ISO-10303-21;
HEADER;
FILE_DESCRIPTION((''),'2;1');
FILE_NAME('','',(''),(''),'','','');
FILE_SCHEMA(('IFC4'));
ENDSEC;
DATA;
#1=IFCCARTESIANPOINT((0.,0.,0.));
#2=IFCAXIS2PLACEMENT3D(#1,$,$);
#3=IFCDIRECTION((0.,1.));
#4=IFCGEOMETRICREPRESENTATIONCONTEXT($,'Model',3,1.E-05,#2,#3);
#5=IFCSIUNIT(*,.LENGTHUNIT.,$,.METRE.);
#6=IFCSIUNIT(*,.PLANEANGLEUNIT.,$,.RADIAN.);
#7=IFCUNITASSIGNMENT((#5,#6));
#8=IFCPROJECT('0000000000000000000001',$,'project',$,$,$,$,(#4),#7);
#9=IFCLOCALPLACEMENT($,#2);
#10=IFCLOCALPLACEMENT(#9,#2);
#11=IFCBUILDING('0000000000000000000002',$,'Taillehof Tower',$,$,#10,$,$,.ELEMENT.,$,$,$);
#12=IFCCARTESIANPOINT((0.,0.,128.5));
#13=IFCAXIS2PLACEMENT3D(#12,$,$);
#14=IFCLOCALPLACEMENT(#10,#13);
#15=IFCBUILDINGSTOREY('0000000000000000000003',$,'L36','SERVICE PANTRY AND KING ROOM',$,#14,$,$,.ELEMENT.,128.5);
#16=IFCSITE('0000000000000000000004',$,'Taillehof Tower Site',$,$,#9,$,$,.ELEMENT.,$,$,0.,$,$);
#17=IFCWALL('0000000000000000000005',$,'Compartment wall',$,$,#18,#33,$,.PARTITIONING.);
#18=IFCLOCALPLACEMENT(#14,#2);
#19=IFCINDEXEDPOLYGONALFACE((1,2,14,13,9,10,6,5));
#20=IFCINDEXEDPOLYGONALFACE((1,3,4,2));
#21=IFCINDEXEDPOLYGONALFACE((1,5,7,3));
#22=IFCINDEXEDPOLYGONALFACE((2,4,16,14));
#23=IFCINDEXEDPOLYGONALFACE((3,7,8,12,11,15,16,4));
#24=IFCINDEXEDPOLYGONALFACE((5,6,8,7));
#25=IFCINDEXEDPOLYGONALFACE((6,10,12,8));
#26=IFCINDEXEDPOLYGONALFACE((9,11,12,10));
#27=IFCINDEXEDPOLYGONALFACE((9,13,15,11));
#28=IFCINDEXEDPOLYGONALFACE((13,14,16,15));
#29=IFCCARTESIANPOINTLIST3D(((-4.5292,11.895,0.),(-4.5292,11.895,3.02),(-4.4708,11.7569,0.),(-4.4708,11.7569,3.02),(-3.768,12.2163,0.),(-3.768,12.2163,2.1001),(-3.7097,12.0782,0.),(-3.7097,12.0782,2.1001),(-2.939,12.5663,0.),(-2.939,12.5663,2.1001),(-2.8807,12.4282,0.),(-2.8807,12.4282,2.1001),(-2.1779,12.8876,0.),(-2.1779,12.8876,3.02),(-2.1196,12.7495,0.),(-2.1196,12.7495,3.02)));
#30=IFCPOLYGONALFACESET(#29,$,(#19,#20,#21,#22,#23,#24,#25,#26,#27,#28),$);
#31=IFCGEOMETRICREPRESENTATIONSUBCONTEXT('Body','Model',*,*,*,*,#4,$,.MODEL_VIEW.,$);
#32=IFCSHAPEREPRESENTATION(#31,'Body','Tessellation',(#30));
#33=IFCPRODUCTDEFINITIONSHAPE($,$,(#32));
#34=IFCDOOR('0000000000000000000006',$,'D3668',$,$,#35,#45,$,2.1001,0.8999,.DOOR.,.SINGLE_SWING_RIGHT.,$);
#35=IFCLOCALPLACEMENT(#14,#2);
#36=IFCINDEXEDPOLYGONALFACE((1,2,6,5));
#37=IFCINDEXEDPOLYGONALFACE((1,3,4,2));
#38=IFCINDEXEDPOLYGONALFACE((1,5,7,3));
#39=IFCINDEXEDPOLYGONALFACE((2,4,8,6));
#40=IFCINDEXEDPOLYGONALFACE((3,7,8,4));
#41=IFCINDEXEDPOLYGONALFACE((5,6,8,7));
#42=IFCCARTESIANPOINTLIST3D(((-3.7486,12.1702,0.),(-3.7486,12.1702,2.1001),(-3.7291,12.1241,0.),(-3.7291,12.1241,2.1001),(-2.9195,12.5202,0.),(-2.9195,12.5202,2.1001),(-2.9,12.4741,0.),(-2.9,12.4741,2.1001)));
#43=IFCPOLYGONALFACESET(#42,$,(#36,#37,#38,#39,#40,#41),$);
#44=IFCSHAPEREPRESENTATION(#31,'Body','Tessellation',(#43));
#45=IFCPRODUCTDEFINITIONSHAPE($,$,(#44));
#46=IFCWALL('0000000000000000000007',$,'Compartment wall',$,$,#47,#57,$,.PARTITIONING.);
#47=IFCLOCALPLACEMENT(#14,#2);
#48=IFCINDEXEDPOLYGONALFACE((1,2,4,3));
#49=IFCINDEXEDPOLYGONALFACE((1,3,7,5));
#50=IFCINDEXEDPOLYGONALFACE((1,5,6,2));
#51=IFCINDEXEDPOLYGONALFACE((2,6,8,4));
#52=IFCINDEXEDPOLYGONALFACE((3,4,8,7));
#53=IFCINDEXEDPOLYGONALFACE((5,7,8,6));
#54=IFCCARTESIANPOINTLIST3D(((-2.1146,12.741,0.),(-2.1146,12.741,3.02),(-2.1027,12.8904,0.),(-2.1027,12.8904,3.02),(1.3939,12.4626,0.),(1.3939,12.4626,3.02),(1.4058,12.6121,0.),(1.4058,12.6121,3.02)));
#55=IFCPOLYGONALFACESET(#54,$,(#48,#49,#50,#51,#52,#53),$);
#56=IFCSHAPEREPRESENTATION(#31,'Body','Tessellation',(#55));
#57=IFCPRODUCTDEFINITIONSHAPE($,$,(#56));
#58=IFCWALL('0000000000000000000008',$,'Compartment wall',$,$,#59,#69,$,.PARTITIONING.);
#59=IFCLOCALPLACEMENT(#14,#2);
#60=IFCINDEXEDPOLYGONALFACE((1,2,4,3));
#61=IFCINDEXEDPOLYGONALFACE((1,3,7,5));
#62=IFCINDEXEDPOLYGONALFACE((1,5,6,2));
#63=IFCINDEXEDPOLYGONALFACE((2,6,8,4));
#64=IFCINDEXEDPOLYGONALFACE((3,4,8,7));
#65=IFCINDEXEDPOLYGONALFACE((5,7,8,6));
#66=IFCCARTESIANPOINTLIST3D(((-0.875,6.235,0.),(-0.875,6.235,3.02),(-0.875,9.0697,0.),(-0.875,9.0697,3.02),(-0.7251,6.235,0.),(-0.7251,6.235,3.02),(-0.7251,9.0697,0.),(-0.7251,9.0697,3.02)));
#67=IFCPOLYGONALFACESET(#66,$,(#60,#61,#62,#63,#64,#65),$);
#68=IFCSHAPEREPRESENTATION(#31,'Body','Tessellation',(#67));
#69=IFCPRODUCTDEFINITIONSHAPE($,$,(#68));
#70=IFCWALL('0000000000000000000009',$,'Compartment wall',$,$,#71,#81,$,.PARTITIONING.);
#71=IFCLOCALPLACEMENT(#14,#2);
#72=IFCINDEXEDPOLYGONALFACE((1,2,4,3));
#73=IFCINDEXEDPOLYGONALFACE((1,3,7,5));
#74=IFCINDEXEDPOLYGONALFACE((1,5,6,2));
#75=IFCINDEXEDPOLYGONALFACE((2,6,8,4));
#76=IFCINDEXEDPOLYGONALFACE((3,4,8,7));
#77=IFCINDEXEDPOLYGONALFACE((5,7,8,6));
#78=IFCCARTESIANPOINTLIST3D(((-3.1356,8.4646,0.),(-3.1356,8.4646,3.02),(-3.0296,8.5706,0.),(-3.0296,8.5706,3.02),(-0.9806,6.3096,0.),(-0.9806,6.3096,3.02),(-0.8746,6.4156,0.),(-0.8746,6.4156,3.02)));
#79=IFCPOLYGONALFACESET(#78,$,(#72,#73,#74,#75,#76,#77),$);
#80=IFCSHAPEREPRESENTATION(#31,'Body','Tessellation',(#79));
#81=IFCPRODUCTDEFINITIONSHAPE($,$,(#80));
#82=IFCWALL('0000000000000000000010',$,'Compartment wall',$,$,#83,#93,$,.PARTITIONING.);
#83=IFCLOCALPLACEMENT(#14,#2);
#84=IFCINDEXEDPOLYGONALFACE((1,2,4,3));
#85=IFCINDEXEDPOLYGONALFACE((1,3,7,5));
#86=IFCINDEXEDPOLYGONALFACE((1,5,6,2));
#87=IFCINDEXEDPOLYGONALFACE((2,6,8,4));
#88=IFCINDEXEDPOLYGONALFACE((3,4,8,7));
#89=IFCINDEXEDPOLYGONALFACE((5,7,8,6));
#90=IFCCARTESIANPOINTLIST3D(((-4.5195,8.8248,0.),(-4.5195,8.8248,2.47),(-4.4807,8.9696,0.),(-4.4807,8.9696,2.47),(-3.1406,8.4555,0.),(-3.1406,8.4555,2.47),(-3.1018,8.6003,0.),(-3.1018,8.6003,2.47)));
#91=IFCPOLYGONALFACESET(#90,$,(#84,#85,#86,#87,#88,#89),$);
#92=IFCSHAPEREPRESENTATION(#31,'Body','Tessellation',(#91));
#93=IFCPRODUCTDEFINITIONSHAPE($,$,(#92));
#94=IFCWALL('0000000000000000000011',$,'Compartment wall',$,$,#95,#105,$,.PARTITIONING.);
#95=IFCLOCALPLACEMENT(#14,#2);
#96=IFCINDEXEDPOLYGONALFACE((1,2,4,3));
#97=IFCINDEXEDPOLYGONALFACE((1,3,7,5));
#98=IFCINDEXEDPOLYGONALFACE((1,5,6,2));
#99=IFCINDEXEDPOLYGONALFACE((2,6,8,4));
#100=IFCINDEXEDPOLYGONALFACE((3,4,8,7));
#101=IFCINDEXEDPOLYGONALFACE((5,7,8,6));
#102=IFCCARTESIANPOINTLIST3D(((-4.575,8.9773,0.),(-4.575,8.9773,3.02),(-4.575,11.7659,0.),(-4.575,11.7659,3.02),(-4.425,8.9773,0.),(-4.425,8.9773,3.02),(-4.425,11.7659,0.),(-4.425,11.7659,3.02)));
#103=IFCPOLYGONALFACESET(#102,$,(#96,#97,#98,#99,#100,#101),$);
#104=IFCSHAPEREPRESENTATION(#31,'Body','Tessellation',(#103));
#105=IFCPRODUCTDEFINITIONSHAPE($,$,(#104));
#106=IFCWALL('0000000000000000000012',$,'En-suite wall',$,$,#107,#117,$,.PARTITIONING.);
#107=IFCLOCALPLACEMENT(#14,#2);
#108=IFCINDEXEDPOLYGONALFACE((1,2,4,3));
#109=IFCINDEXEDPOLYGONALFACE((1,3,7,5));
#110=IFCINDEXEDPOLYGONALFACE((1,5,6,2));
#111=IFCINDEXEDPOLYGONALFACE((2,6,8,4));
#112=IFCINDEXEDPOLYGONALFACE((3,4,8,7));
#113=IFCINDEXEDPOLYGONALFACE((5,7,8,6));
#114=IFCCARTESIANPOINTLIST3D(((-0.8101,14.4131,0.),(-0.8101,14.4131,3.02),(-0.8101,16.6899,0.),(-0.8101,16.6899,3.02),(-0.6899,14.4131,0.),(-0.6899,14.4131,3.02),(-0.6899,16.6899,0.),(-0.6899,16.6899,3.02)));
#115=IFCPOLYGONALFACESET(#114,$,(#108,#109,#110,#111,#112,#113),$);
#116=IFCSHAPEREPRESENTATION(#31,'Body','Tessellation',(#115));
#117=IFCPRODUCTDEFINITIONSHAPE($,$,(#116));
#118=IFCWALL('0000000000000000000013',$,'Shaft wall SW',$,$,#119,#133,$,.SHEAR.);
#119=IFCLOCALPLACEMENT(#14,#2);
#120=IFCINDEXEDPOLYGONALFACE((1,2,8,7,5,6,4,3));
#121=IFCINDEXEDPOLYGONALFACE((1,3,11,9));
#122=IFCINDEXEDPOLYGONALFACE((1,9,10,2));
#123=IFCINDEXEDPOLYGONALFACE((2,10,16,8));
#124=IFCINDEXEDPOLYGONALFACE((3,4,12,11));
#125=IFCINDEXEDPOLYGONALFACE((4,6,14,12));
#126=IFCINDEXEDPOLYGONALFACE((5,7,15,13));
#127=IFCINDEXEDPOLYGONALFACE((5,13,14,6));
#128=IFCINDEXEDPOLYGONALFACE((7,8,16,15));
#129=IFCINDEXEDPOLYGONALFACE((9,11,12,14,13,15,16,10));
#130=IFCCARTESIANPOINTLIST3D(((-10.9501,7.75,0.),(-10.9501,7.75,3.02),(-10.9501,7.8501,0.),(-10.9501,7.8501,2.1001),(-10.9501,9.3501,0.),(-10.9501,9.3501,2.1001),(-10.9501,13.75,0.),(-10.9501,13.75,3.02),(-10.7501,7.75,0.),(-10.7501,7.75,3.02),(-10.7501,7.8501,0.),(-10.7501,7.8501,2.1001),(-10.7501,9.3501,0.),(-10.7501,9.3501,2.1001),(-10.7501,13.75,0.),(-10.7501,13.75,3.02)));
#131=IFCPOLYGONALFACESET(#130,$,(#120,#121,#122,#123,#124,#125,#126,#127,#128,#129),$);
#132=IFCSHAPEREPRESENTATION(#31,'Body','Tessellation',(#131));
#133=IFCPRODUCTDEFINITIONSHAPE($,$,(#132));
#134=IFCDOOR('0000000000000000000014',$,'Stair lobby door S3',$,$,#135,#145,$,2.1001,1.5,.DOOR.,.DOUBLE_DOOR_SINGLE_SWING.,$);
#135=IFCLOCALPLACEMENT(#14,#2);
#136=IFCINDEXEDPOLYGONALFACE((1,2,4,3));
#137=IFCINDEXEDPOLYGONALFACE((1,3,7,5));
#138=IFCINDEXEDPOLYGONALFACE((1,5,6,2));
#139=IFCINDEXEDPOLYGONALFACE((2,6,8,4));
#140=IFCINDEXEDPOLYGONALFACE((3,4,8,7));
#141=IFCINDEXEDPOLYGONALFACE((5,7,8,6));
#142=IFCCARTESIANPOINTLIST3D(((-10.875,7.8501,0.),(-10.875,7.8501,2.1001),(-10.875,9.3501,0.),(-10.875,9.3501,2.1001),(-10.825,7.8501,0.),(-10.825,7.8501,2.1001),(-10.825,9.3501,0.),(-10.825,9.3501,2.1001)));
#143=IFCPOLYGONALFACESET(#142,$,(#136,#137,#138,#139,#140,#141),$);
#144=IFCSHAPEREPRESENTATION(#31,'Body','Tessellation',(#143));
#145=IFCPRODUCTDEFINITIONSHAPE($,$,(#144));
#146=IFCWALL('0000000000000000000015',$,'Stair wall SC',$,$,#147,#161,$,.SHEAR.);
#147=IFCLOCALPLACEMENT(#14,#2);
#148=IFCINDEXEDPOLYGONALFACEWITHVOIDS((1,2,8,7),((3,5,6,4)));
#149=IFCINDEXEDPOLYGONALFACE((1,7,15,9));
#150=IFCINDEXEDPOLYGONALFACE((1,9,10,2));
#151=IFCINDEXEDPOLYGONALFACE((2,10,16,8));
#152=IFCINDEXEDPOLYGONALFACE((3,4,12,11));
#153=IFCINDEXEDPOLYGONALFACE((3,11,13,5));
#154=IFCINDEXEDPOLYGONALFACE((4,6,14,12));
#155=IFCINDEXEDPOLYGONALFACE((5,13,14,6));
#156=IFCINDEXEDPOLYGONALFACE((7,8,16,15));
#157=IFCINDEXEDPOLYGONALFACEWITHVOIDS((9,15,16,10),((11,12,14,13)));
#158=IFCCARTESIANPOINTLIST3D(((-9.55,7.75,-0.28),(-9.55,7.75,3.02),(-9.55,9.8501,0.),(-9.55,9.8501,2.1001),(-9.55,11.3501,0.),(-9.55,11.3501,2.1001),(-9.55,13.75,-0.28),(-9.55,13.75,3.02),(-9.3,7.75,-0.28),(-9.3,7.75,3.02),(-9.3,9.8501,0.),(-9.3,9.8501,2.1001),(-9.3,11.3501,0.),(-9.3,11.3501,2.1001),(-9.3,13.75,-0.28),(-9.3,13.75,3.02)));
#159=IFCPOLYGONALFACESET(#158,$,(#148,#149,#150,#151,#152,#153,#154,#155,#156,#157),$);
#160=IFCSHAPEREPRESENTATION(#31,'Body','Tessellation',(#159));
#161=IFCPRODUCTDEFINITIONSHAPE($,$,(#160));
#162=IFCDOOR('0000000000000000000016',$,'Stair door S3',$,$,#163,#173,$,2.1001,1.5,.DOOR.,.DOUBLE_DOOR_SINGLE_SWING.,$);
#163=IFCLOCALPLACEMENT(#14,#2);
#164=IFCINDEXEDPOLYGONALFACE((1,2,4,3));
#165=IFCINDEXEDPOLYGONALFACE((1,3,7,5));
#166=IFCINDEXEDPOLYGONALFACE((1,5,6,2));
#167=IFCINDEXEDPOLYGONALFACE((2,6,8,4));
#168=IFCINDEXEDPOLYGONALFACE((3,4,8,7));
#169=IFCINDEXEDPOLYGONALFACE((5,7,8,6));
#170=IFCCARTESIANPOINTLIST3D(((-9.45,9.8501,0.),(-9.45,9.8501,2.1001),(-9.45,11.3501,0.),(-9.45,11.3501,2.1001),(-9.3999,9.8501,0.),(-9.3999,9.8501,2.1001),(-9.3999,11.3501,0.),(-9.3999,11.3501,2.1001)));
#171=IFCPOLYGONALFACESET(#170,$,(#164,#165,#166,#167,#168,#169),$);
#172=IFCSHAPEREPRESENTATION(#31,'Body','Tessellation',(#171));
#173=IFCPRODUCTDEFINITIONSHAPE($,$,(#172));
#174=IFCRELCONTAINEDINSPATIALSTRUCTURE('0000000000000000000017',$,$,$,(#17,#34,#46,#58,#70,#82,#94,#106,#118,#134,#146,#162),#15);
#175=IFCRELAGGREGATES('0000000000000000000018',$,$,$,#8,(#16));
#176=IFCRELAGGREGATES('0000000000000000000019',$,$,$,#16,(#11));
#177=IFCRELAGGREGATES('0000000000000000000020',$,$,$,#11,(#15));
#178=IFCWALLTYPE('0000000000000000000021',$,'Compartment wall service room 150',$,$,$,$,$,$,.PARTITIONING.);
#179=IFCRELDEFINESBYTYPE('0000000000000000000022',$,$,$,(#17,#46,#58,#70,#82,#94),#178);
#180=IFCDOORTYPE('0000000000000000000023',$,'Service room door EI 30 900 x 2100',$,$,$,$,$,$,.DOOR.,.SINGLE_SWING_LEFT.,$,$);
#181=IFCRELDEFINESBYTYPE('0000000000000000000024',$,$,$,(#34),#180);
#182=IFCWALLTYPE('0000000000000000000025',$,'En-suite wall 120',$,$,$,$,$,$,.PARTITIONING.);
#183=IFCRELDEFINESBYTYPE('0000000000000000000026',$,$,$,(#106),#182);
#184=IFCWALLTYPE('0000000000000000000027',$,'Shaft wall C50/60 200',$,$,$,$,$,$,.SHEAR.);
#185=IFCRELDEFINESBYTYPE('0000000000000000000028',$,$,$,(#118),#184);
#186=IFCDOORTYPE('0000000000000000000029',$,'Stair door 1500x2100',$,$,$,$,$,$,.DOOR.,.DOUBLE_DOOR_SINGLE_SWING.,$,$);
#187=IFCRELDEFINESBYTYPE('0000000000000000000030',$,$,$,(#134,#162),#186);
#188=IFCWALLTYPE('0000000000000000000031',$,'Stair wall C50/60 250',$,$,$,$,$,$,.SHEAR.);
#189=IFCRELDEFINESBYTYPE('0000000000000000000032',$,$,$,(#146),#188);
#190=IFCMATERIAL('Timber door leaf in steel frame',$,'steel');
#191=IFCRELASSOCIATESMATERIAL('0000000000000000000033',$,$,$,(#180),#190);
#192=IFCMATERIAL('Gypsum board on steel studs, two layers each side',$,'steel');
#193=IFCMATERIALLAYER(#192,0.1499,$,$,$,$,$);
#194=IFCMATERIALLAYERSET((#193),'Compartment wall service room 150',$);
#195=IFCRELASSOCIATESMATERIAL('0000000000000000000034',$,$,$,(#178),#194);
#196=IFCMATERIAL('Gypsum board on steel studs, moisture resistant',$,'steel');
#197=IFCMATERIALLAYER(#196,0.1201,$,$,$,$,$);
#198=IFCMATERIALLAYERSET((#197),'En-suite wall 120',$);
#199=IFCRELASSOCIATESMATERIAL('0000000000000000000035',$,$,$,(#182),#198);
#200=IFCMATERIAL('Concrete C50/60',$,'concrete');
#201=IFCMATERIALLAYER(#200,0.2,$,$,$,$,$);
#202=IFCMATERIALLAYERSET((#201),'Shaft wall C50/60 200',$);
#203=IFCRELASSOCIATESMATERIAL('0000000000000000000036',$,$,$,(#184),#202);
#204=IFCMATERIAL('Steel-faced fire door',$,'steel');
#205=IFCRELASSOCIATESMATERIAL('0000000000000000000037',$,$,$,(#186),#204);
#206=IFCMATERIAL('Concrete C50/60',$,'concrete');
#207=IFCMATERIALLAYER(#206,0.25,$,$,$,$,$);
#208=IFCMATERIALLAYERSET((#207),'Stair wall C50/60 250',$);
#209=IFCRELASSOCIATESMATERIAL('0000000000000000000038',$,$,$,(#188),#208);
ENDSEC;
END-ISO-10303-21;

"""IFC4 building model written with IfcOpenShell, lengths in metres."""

from ifc_helpers import new_model, si_unit, direction, frame, frame_2d, origin, place, context, subcontext, project, spatial, rectangle, extrude, material, layer, layer_set, type_object, element, fill, save


model = new_model("IFC4")

# Units and contexts
model_context = context("Model", 3, precision=1e-05, world=origin(), true_north=direction((0.0, 1.0)))
body_context = subcontext(model_context, "Body", "Model", "MODEL_VIEW")
ifc_project = project(units=[si_unit("LENGTHUNIT", "METRE"), si_unit("PLANEANGLEUNIT", "RADIAN")], contexts=[model_context])

# Site, building, storey
site_placement = place(None, origin())
site = spatial("IfcSite", under=ifc_project, at=site_placement, Name="Taillehof Tower Site", CompositionType="ELEMENT", RefElevation=0.0)
building_placement = place(site_placement, origin())
building = spatial("IfcBuilding", under=site, at=building_placement, Name="Taillehof Tower", CompositionType="ELEMENT")
storey_placement = place(building_placement, frame((0.0, 0.0, 128.5)))
storey = spatial("IfcBuildingStorey", under=building, at=storey_placement, Name="L36", Description="SERVICE PANTRY AND KING ROOM", CompositionType="ELEMENT", Elevation=128.5)

# Shared definitions
ifc_material_1 = material(Name="Timber door leaf in steel frame", Category="steel")
door_type_1 = type_object("IfcDoorType", Name="Service room door EI 30 900 x 2100", OperationType="SINGLE_SWING_LEFT", PredefinedType="DOOR", material=ifc_material_1)

# Wall, opening, door
ifc_material_2 = material(Name="Gypsum board on steel studs, two layers each side", Category="steel")
ifc_layer_1 = layer(ifc_material_2, 0.1499)
ifc_layer_set_1 = layer_set([ifc_layer_1], Name="Compartment wall service room 150")
wall_type_1 = type_object("IfcWallType", Name="Compartment wall service room 150", PredefinedType="PARTITIONING", material=ifc_layer_set_1)
wall_1_placement = place(storey_placement, frame((-4.5, 11.8259, 0.0), z_axis=(0.0, 0.0, 1.0), x_axis=(0.921264, 0.388938, 0.0)))
wall_1 = element("IfcWall", 1, at=wall_1_placement, inside=storey, type_object=wall_type_1, Name="Compartment wall", PredefinedType="PARTITIONING", context=body_context, shape_type="SweptSolid", body=[
    extrude(rectangle(XDim=2.5522, YDim=0.1499, at=frame_2d((1.2761, 0.0))), origin(), (0.0, 0.0, 1.0), 3.02),
])
opening_1_placement = place(wall_1_placement, frame((0.8262, 0.0, 0.0)))
opening_1 = element("IfcOpeningElement", 2, at=opening_1_placement, cuts=wall_1, PredefinedType="OPENING", context=body_context, shape_type="SweptSolid", body=[
    extrude(rectangle(XDim=0.8999, YDim=2.1001, at=frame_2d((0.45, 1.05))), frame((0.0, 0.085, 0.0), z_axis=(0.0, -1.0, 0.0), x_axis=(1.0, 0.0, 0.0)), (0.0, 0.0, 1.0), 0.1699),
])
door_1_placement = place(opening_1_placement, origin())
door_1 = element("IfcDoor", 3, at=door_1_placement, inside=storey, type_object=door_type_1, Name="D3668", OperationType="SINGLE_SWING_RIGHT", OverallHeight=2.1001, OverallWidth=0.8999, PredefinedType="DOOR", context=body_context, shape_type="SweptSolid", body=[
    extrude(rectangle(XDim=0.8999, YDim=2.1001, at=frame_2d((0.45, 1.05))), frame((0.0, 0.0249, 0.0), z_axis=(0.0, -1.0, 0.0), x_axis=(1.0, 0.0, 0.0)), (0.0, 0.0, 1.0), 0.05),
])
fill(opening_1, door_1)

# Walls
wall_2_placement = place(storey_placement, frame((-2.1086, 12.8157, 0.0), z_axis=(0.0, 0.0, 1.0), x_axis=(0.996868, -0.079078, 0.0)))
element("IfcWall", 4, at=wall_2_placement, inside=storey, type_object=wall_type_1, Name="Compartment wall", PredefinedType="PARTITIONING", context=body_context, shape_type="SweptSolid", body=[
    extrude(rectangle(XDim=3.5195, YDim=0.1499, at=frame_2d((1.7598, 0.0))), origin(), (0.0, 0.0, 1.0), 3.02),
])
wall_3_placement = place(storey_placement, frame((-0.8, 9.0698, 0.0), z_axis=(0.0, 0.0, 1.0), x_axis=(0.0, -1.0, 0.0)))
element("IfcWall", 5, at=wall_3_placement, inside=storey, type_object=wall_type_1, Name="Compartment wall", PredefinedType="PARTITIONING", context=body_context, shape_type="SweptSolid", body=[
    extrude(rectangle(XDim=2.8347, YDim=0.1499, at=frame_2d((1.4175, 0.0))), origin(), (0.0, 0.0, 1.0), 3.02),
])
wall_4_placement = place(storey_placement, frame((-0.9275, 6.3625, 0.0), z_axis=(0.0, 0.0, 1.0), x_axis=(-0.707107, 0.707107, 0.0)))
element("IfcWall", 6, at=wall_4_placement, inside=storey, type_object=wall_type_1, Name="Compartment wall", PredefinedType="PARTITIONING", context=body_context, shape_type="SweptSolid", body=[
    extrude(rectangle(XDim=3.0476, YDim=0.1499, at=frame_2d((1.5239, 0.0))), origin(), (0.0, 0.0, 1.0), 3.02),
])
wall_5_placement = place(storey_placement, frame((-3.1211, 8.5278, 0.0), z_axis=(0.0, 0.0, 1.0), x_axis=(-0.965942, 0.258759, 0.0)))
element("IfcWall", 7, at=wall_5_placement, inside=storey, type_object=wall_type_1, Name="Compartment wall", PredefinedType="PARTITIONING", context=body_context, shape_type="SweptSolid", body=[
    extrude(rectangle(XDim=1.4275, YDim=0.1499, at=frame_2d((0.7139, 0.0))), origin(), (0.0, 0.0, 1.0), 2.47),
])
wall_6_placement = place(storey_placement, frame((-4.5, 8.9773, 0.0), z_axis=(0.0, 0.0, 1.0), x_axis=(0.0, 1.0, 0.0)))
element("IfcWall", 8, at=wall_6_placement, inside=storey, type_object=wall_type_1, Name="Compartment wall", PredefinedType="PARTITIONING", context=body_context, shape_type="SweptSolid", body=[
    extrude(rectangle(XDim=2.7886, YDim=0.1499, at=frame_2d((1.3943, 0.0))), origin(), (0.0, 0.0, 1.0), 3.02),
])
ifc_material_3 = material(Name="Gypsum board on steel studs, moisture resistant", Category="steel")
ifc_layer_2 = layer(ifc_material_3, 0.1201)
ifc_layer_set_2 = layer_set([ifc_layer_2], Name="En-suite wall 120")
wall_type_2 = type_object("IfcWallType", Name="En-suite wall 120", PredefinedType="PARTITIONING", material=ifc_layer_set_2)
wall_7_placement = place(storey_placement, frame((-0.75, 14.4131, 0.0), z_axis=(0.0, 0.0, 1.0), x_axis=(0.0, 1.0, 0.0)))
element("IfcWall", 9, at=wall_7_placement, inside=storey, type_object=wall_type_2, Name="En-suite wall", PredefinedType="PARTITIONING", context=body_context, shape_type="SweptSolid", body=[
    extrude(rectangle(XDim=2.2769, YDim=0.1201, at=frame_2d((1.1384, 0.0))), origin(), (0.0, 0.0, 1.0), 3.02),
])

# Walls, openings, doors
ifc_material_4 = material(Name="Concrete C50/60", Category="concrete")
ifc_layer_3 = layer(ifc_material_4, 0.2)
ifc_layer_set_3 = layer_set([ifc_layer_3], Name="Shaft wall C50/60 200")
wall_type_3 = type_object("IfcWallType", Name="Shaft wall C50/60 200", PredefinedType="SHEAR", material=ifc_layer_set_3)
wall_8_placement = place(storey_placement, frame((-10.8501, 7.75, 0.0), z_axis=(0.0, 0.0, 1.0), x_axis=(0.0, 1.0, 0.0)))
wall_8 = element("IfcWall", 10, at=wall_8_placement, inside=storey, type_object=wall_type_3, Name="Shaft wall SW", PredefinedType="SHEAR", context=body_context, shape_type="SweptSolid", body=[
    extrude(rectangle(XDim=6.0, YDim=0.2, at=frame_2d((3.0, 0.0))), origin(), (0.0, 0.0, 1.0), 3.02),
])
opening_2_placement = place(wall_8_placement, frame((0.1001, 0.0, 0.0)))
opening_2 = element("IfcOpeningElement", 11, at=opening_2_placement, cuts=wall_8, PredefinedType="OPENING", context=body_context, shape_type="SweptSolid", body=[
    extrude(rectangle(XDim=1.5, YDim=2.1001, at=frame_2d((0.75, 1.05))), frame((0.0, 0.1099, 0.0), z_axis=(0.0, -1.0, 0.0), x_axis=(1.0, 0.0, 0.0)), (0.0, 0.0, 1.0), 0.22),
])
ifc_material_5 = material(Name="Steel-faced fire door", Category="steel")
door_type_2 = type_object("IfcDoorType", Name="Stair door 1500x2100", OperationType="DOUBLE_DOOR_SINGLE_SWING", PredefinedType="DOOR", material=ifc_material_5)
door_2_placement = place(opening_2_placement, origin())
door_2 = element("IfcDoor", 12, at=door_2_placement, inside=storey, type_object=door_type_2, Name="Stair lobby door S3", OperationType="DOUBLE_DOOR_SINGLE_SWING", OverallHeight=2.1001, OverallWidth=1.5, PredefinedType="DOOR", context=body_context, shape_type="SweptSolid", body=[
    extrude(rectangle(XDim=1.5, YDim=2.1001, at=frame_2d((0.75, 1.05))), frame((0.0, 0.0249, 0.0), z_axis=(0.0, -1.0, 0.0), x_axis=(1.0, 0.0, 0.0)), (0.0, 0.0, 1.0), 0.05),
])
fill(opening_2, door_2)
ifc_material_6 = material(Name="Concrete C50/60", Category="concrete")
ifc_layer_4 = layer(ifc_material_6, 0.25)
ifc_layer_set_4 = layer_set([ifc_layer_4], Name="Stair wall C50/60 250")
wall_type_4 = type_object("IfcWallType", Name="Stair wall C50/60 250", PredefinedType="SHEAR", material=ifc_layer_set_4)
wall_9_placement = place(storey_placement, frame((-9.425, 7.75, -0.28), z_axis=(0.0, 0.0, 1.0), x_axis=(0.0, 1.0, 0.0)))
wall_9 = element("IfcWall", 13, at=wall_9_placement, inside=storey, type_object=wall_type_4, Name="Stair wall SC", PredefinedType="SHEAR", context=body_context, shape_type="SweptSolid", body=[
    extrude(rectangle(XDim=6.0, YDim=0.25, at=frame_2d((3.0, 0.0))), origin(), (0.0, 0.0, 1.0), 3.3),
])
opening_3_placement = place(wall_9_placement, frame((2.1001, 0.0, 0.28)))
opening_3 = element("IfcOpeningElement", 14, at=opening_3_placement, cuts=wall_9, PredefinedType="OPENING", context=body_context, shape_type="SweptSolid", body=[
    extrude(rectangle(XDim=1.5, YDim=2.1001, at=frame_2d((0.75, 1.05))), frame((0.0, 0.135, 0.0), z_axis=(0.0, -1.0, 0.0), x_axis=(1.0, 0.0, 0.0)), (0.0, 0.0, 1.0), 0.27),
])
door_3_placement = place(opening_3_placement, origin())
door_3 = element("IfcDoor", 15, at=door_3_placement, inside=storey, type_object=door_type_2, Name="Stair door S3", OperationType="DOUBLE_DOOR_SINGLE_SWING", OverallHeight=2.1001, OverallWidth=1.5, PredefinedType="DOOR", context=body_context, shape_type="SweptSolid", body=[
    extrude(rectangle(XDim=1.5, YDim=2.1001, at=frame_2d((0.75, 1.05))), frame((0.0, 0.0249, 0.0), z_axis=(0.0, -1.0, 0.0), x_axis=(1.0, 0.0, 0.0)), (0.0, 0.0, 1.0), 0.05),
])
fill(opening_3, door_3)

save(model, "model.ifc")
